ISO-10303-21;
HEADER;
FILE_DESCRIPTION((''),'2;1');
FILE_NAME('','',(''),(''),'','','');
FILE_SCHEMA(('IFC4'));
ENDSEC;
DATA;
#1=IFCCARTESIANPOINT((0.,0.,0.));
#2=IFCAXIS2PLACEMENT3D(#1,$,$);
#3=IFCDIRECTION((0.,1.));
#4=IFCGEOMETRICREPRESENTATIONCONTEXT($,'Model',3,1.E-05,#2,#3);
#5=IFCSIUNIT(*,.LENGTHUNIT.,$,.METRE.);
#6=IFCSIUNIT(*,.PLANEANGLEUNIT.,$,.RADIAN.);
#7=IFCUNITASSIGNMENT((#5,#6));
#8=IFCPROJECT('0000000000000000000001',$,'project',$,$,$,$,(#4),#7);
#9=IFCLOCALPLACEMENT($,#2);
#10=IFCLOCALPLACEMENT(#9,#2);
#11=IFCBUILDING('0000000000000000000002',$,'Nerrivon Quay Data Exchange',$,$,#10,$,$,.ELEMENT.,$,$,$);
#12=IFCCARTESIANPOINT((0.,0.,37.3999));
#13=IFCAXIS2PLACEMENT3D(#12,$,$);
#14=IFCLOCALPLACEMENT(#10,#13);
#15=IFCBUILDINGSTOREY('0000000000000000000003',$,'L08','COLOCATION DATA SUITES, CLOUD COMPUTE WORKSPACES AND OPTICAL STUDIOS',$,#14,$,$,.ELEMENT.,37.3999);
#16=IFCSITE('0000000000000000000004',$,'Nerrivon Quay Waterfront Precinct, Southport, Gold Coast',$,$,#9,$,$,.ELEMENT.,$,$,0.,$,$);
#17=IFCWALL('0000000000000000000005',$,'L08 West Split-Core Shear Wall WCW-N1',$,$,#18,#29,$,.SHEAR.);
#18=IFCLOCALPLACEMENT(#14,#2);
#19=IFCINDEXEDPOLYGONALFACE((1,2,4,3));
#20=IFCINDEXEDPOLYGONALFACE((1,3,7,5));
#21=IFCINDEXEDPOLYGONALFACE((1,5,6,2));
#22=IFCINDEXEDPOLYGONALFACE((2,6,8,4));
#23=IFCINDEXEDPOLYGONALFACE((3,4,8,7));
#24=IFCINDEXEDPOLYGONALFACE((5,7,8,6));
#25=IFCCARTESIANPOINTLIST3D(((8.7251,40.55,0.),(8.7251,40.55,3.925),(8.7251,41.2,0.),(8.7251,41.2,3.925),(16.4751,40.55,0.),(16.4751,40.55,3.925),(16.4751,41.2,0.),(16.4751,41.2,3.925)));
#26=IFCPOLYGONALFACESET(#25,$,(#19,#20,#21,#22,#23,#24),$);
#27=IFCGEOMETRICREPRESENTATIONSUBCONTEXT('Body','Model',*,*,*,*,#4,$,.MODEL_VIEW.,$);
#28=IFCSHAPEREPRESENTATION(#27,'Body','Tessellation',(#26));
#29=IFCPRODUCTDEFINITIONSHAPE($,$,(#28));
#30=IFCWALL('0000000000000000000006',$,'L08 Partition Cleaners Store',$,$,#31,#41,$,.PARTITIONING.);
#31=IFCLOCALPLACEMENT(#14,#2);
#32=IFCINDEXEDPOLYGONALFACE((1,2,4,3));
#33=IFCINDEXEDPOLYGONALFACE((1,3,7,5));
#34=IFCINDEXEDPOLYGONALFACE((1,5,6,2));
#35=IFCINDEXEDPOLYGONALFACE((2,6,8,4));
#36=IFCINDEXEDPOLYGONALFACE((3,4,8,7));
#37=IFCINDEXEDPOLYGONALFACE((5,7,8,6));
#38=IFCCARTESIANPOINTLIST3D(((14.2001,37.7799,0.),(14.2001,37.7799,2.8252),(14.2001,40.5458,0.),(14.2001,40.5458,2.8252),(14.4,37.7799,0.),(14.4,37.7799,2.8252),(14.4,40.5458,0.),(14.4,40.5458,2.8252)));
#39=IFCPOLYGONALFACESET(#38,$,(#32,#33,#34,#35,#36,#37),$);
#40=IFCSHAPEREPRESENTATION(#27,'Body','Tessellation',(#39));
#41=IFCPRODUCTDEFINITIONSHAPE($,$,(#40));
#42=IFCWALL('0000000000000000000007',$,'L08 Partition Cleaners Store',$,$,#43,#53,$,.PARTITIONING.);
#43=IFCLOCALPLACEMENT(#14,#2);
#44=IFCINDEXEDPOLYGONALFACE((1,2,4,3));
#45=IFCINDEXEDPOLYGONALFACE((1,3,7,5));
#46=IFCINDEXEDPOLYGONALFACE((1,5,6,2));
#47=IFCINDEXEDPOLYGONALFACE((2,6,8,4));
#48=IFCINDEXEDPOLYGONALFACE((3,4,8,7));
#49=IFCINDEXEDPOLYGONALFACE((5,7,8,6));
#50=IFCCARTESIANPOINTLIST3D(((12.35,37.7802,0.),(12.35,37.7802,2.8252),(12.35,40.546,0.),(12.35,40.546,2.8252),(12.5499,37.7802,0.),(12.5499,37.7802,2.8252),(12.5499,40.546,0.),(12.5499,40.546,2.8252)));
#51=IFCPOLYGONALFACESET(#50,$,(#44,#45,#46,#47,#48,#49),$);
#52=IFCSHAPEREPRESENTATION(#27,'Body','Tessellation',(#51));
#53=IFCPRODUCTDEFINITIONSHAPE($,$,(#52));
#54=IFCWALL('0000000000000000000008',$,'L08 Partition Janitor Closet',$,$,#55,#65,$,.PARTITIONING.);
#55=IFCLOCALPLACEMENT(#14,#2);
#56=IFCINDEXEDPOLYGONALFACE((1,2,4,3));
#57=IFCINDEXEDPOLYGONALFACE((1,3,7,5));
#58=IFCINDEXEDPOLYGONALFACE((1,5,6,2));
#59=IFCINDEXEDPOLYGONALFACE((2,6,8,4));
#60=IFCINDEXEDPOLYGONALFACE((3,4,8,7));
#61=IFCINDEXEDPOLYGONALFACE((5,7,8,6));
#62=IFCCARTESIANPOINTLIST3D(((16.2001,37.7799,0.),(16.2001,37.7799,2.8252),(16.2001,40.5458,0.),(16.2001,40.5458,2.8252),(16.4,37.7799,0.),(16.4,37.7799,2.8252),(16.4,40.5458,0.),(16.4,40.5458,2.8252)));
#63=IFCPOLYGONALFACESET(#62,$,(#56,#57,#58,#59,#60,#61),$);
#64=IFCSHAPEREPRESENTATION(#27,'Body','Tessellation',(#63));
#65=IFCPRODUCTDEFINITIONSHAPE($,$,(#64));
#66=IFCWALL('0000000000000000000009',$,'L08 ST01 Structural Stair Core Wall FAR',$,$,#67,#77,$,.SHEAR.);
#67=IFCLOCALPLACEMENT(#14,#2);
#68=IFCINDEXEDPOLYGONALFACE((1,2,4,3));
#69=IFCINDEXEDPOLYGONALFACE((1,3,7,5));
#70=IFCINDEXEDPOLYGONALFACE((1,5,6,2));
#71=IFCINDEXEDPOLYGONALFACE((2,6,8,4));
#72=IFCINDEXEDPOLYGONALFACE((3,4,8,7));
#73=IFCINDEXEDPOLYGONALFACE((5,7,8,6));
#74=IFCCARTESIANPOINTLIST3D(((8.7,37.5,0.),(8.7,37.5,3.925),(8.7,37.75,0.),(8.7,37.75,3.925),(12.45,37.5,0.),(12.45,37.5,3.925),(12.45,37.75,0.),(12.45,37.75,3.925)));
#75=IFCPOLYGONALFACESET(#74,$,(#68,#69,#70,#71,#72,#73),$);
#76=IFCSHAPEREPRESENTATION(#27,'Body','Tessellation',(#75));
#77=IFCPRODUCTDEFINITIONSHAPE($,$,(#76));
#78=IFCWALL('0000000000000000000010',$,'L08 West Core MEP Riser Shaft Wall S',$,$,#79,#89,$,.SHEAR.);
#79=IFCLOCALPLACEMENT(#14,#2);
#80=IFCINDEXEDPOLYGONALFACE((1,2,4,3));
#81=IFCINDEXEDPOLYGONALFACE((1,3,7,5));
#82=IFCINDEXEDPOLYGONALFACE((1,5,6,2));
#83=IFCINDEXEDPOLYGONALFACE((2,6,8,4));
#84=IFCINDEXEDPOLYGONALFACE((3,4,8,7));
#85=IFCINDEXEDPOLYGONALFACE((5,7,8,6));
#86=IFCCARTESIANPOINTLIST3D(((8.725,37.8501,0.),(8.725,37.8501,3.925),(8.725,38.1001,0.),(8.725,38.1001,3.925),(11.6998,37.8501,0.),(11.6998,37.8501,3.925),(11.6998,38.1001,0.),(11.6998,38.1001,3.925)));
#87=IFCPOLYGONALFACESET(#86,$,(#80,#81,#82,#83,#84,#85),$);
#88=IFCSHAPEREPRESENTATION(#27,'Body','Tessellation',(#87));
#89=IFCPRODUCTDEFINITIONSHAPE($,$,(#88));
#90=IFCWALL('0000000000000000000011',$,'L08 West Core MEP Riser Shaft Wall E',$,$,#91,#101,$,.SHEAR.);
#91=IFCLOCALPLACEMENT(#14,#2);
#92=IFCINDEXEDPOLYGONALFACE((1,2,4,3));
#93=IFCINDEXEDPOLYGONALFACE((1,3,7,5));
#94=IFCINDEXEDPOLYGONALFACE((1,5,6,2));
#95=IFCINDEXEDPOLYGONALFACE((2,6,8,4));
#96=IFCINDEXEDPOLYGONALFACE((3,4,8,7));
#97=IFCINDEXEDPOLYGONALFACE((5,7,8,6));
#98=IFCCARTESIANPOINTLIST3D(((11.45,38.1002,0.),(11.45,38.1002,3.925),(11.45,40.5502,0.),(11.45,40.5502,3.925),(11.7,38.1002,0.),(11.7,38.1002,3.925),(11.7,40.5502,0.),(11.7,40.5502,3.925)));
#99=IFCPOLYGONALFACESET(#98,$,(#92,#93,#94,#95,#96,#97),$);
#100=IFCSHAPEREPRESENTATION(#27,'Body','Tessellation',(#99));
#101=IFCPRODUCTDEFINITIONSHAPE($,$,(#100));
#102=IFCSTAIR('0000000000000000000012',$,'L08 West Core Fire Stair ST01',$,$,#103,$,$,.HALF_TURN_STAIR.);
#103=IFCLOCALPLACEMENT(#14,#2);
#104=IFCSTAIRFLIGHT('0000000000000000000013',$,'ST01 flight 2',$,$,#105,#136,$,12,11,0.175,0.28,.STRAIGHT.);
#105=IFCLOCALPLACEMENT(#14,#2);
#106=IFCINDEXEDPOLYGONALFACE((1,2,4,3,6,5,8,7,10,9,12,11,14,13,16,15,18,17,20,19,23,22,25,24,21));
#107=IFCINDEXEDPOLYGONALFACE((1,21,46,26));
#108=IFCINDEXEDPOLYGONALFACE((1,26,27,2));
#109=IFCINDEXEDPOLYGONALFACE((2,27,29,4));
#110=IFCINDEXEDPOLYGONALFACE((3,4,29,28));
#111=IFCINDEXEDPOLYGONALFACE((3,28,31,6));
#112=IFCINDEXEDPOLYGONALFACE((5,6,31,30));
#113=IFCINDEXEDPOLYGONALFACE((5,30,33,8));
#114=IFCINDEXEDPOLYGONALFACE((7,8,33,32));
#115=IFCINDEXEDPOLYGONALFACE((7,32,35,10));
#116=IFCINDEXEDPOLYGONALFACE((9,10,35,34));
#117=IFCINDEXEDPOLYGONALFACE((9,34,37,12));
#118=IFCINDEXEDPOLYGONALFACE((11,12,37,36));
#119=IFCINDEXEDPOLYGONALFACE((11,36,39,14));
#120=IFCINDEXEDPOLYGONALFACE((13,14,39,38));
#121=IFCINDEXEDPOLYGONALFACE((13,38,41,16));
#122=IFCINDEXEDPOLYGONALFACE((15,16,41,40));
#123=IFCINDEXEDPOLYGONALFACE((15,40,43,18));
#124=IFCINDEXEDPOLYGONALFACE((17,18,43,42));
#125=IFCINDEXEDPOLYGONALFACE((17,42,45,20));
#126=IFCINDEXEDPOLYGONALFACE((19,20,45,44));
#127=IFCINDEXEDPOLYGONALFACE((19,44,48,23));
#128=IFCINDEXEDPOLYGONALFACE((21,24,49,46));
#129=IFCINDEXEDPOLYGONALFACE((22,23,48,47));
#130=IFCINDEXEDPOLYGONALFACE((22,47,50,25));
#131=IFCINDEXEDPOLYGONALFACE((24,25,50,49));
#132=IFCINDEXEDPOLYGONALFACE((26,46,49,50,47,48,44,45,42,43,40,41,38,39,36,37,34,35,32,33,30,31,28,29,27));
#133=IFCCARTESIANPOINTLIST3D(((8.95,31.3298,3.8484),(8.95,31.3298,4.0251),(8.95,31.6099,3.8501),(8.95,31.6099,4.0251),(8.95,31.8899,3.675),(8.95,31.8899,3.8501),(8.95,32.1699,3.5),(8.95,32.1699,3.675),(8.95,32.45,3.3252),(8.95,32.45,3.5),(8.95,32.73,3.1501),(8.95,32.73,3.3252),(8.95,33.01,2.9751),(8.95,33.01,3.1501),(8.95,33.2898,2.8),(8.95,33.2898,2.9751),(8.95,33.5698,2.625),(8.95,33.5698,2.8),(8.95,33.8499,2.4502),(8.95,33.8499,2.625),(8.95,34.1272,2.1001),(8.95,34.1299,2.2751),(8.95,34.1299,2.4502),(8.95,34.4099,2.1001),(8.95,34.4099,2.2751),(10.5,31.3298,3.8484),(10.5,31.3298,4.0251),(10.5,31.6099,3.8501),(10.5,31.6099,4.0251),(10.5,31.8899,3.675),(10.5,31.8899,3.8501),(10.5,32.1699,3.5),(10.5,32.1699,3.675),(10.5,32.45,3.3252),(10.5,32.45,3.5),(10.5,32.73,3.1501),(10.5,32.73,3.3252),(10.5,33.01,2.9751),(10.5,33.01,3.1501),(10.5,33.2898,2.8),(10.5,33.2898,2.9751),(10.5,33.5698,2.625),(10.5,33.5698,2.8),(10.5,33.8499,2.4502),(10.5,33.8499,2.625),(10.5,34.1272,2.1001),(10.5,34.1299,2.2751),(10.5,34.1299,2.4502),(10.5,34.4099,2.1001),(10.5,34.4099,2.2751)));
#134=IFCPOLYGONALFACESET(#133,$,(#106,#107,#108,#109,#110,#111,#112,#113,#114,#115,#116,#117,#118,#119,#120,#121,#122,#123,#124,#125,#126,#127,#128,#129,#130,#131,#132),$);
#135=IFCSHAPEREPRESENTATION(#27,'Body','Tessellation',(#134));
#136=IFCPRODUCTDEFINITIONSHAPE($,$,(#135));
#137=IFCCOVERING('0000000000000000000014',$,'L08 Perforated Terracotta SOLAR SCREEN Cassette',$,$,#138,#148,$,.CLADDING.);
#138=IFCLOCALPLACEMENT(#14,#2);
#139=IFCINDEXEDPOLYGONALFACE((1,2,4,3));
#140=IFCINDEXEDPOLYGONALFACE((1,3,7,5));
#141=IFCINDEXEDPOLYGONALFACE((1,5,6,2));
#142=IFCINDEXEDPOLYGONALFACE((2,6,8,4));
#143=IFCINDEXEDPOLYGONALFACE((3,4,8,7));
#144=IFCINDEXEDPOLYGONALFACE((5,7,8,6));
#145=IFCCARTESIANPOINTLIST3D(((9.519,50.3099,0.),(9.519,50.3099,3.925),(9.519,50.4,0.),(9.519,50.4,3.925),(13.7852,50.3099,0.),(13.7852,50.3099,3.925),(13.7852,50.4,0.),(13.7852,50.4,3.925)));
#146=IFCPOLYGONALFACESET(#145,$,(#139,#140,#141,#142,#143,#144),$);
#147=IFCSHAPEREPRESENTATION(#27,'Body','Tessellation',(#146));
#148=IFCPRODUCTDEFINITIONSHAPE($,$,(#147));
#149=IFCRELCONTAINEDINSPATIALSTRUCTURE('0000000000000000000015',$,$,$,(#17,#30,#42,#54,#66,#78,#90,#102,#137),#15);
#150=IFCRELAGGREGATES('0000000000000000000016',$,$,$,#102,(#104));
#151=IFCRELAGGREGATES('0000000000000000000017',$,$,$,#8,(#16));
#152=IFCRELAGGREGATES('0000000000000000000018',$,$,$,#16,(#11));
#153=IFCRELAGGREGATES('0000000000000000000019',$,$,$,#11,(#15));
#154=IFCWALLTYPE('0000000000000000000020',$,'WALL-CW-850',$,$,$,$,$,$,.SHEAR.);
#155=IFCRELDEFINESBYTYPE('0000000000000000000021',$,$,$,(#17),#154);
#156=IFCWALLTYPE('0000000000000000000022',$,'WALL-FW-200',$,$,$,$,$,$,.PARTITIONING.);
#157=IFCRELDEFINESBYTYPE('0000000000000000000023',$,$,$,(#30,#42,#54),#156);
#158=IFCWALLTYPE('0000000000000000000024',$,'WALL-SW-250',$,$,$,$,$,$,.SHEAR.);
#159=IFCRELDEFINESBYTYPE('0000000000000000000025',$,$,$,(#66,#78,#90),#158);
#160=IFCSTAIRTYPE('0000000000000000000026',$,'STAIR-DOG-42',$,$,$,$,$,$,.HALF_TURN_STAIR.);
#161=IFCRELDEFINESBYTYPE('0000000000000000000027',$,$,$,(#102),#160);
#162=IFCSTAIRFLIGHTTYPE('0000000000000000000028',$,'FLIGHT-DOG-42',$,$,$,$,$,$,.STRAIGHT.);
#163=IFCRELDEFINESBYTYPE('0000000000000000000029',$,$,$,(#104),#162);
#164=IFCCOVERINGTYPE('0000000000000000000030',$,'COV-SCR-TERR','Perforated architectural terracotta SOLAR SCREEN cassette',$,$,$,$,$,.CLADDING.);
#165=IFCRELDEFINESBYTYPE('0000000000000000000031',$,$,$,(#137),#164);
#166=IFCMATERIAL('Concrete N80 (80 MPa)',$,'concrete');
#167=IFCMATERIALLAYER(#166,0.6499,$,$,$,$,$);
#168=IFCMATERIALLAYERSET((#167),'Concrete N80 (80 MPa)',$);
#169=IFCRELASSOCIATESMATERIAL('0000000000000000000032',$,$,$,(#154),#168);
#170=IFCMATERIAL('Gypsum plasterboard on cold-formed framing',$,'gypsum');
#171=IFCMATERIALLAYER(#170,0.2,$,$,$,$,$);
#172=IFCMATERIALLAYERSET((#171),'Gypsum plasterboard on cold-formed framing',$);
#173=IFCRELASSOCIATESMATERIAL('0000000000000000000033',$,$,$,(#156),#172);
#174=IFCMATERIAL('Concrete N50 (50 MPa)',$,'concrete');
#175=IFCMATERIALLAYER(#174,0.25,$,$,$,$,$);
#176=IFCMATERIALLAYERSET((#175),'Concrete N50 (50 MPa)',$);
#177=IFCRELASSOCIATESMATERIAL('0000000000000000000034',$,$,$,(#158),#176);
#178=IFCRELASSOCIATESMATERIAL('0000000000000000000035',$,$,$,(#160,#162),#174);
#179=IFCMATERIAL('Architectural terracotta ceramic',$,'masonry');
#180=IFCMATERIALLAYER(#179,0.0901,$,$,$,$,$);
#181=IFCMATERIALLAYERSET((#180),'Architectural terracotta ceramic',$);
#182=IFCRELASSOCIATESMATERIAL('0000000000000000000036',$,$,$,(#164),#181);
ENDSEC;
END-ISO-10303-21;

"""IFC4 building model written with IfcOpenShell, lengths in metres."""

from ifc_helpers import new_model, si_unit, direction, frame, frame_2d, origin, origin_2d, place, context, subcontext, project, spatial, polyline, rectangle, outline, extrude, material, layer, layer_set, type_object, element, aggregate, save


model = new_model("IFC4")

# Units and contexts
model_context = context("Model", 3, precision=1e-05, world=origin(), true_north=direction((0.0, 1.0)))
body_context = subcontext(model_context, "Body", "Model", "MODEL_VIEW")
ifc_project = project(units=[si_unit("LENGTHUNIT", "METRE"), si_unit("PLANEANGLEUNIT", "RADIAN")], contexts=[model_context])

# Site, building, storey
site_placement = place(None, origin())
site = spatial("IfcSite", under=ifc_project, at=site_placement, Name="Nerrivon Quay Waterfront Precinct, Southport, Gold Coast", CompositionType="ELEMENT", RefElevation=0.0)
building_placement = place(site_placement, origin())
building = spatial("IfcBuilding", under=site, at=building_placement, Name="Nerrivon Quay Data Exchange", CompositionType="ELEMENT")
storey_placement = place(building_placement, frame((0.0, 0.0, 37.3999)))
storey = spatial("IfcBuildingStorey", under=building, at=storey_placement, Name="L08", Description="COLOCATION DATA SUITES, CLOUD COMPUTE WORKSPACES AND OPTICAL STUDIOS", CompositionType="ELEMENT", Elevation=37.3999)

# Shared definitions
ifc_material_1 = material(Name="Concrete N80 (80 MPa)", Category="concrete")

# Walls
ifc_layer_1 = layer(ifc_material_1, 0.6499)
ifc_layer_set_1 = layer_set([ifc_layer_1], Name="Concrete N80 (80 MPa)")
wall_type_1 = type_object("IfcWallType", Name="WALL-CW-850", PredefinedType="SHEAR", material=ifc_layer_set_1)
wall_1_placement = place(storey_placement, frame((8.7251, 40.875, 0.0), z_axis=(0.0, 0.0, 1.0), x_axis=(1.0, 0.0, 0.0)))
element("IfcWall", 1, at=wall_1_placement, inside=storey, type_object=wall_type_1, Name="L08 West Split-Core Shear Wall WCW-N1", PredefinedType="SHEAR", context=body_context, shape_type="SweptSolid", body=[
    extrude(rectangle(XDim=7.75, YDim=0.6499, at=frame_2d((3.875, 0.0))), origin(), (0.0, 0.0, 1.0), 3.925),
])
ifc_material_2 = material(Name="Gypsum plasterboard on cold-formed framing", Category="gypsum")
ifc_layer_2 = layer(ifc_material_2, 0.2)
ifc_layer_set_2 = layer_set([ifc_layer_2], Name="Gypsum plasterboard on cold-formed framing")
wall_type_2 = type_object("IfcWallType", Name="WALL-FW-200", PredefinedType="PARTITIONING", material=ifc_layer_set_2)
for number, where, z_axis, x_axis, name in (
    (2, (14.3, 37.78, 0.0), (0.0, 0.0, 1.0), (0.0, 1.0, 0.0), "L08 Partition Cleaners Store"),
    (3, (12.45, 40.5459, 0.0), (0.0, 0.0, 1.0), (0.0, -1.0, 0.0), "L08 Partition Cleaners Store"),
    (4, (16.3, 37.78, 0.0), (0.0, 0.0, 1.0), (0.0, 1.0, 0.0), "L08 Partition Janitor Closet"),
):
    element("IfcWall", number, at=place(storey_placement, frame(where, z_axis=z_axis, x_axis=x_axis)), inside=storey, type_object=wall_type_2, Name=name, PredefinedType="PARTITIONING", context=body_context, shape_type="SweptSolid", body=[
        extrude(rectangle(XDim=2.7659, YDim=0.2, at=frame_2d((1.3828, 0.0))), origin(), (0.0, 0.0, 1.0), 2.8252),
    ])
ifc_material_3 = material(Name="Concrete N50 (50 MPa)", Category="concrete")
ifc_layer_3 = layer(ifc_material_3, 0.25)
ifc_layer_set_3 = layer_set([ifc_layer_3], Name="Concrete N50 (50 MPa)")
wall_type_3 = type_object("IfcWallType", Name="WALL-SW-250", PredefinedType="SHEAR", material=ifc_layer_set_3)
wall_2_placement = place(storey_placement, frame((12.45, 37.625, 0.0), z_axis=(0.0, 0.0, 1.0), x_axis=(-1.0, 0.0, 0.0)))
element("IfcWall", 5, at=wall_2_placement, inside=storey, type_object=wall_type_3, Name="L08 ST01 Structural Stair Core Wall FAR", PredefinedType="SHEAR", context=body_context, shape_type="SweptSolid", body=[
    extrude(rectangle(XDim=3.75, YDim=0.25, at=frame_2d((1.875, 0.0))), origin(), (0.0, 0.0, 1.0), 3.925),
])
wall_3_placement = place(storey_placement, frame((8.7251, 37.9751, 0.0), z_axis=(0.0, 0.0, 1.0), x_axis=(1.0, 0.0, 0.0)))
element("IfcWall", 6, at=wall_3_placement, inside=storey, type_object=wall_type_3, Name="L08 West Core MEP Riser Shaft Wall S", PredefinedType="SHEAR", context=body_context, shape_type="SweptSolid", body=[
    extrude(rectangle(XDim=2.9749, YDim=0.25, at=frame_2d((1.4873, 0.0))), origin(), (0.0, 0.0, 1.0), 3.925),
])
wall_4_placement = place(storey_placement, frame((11.575, 38.1001, 0.0), z_axis=(0.0, 0.0, 1.0), x_axis=(0.0, 1.0, 0.0)))
element("IfcWall", 7, at=wall_4_placement, inside=storey, type_object=wall_type_3, Name="L08 West Core MEP Riser Shaft Wall E", PredefinedType="SHEAR", context=body_context, shape_type="SweptSolid", body=[
    extrude(rectangle(XDim=2.45, YDim=0.25, at=frame_2d((1.2251, 0.0))), origin(), (0.0, 0.0, 1.0), 3.925),
])

# Stair, stair flight
stair_type = type_object("IfcStairType", Name="STAIR-DOG-42", PredefinedType="HALF_TURN_STAIR", material=ifc_material_3)
stair_placement = place(storey_placement, origin())
stair = element("IfcStair", 8, at=stair_placement, inside=storey, type_object=stair_type, Name="L08 West Core Fire Stair ST01", PredefinedType="HALF_TURN_STAIR")
stair_flight_type = type_object("IfcStairFlightType", Name="FLIGHT-DOG-42", PredefinedType="STRAIGHT", material=ifc_material_3)
stair_flight_placement = place(storey_placement, frame((9.7251, 34.4099, 2.1001), z_axis=(0.0, 0.0, 1.0), x_axis=(0.0, -1.0, 0.0)))
stair_flight = element("IfcStairFlight", 9, at=stair_flight_placement, type_object=stair_flight_type, Name="ST01 flight 2", NumberOfRisers=12, NumberOfTreads=11, PredefinedType="STRAIGHT", RiserHeight=0.175, TreadLength=0.28, context=body_context, shape_type="SweptSolid", body=[
    extrude(outline(polyline([(0.0, 0.0), (0.0, 0.175), (0.28, 0.175), (0.28, 0.3501), (0.5601, 0.3501), (0.5601, 0.5249), (0.8401, 0.5249), (0.8401, 0.7), (1.1201, 0.7), (1.1201, 0.875), (1.3999, 0.875), (1.3999, 1.05), (1.6799, 1.05), (1.6799, 1.2251), (1.96, 1.2251), (1.96, 1.3999), (2.24, 1.3999), (2.24, 1.575), (2.52, 1.575), (2.52, 1.75), (2.8, 1.75), (2.8, 1.925), (3.0801, 1.925), (3.0801, 2.1001), (3.0801, 1.7483), (0.2827, 0.0), (0.0, 0.0)])), frame((0.0, 0.7749, 0.0), z_axis=(0.0, -1.0, 0.0), x_axis=(1.0, 0.0, 0.0)), (0.0, 0.0, 1.0), 1.55),
])
aggregate(stair, [stair_flight])

# Covering
ifc_material_4 = material(Name="Architectural terracotta ceramic", Category="masonry")
ifc_layer_4 = layer(ifc_material_4, 0.0901)
ifc_layer_set_4 = layer_set([ifc_layer_4], Name="Architectural terracotta ceramic")
covering_type = type_object("IfcCoveringType", Name="COV-SCR-TERR", Description="Perforated architectural terracotta SOLAR SCREEN cassette", PredefinedType="CLADDING", material=ifc_layer_set_4)
covering_placement = place(storey_placement, frame((11.6521, 50.355, 0.0), z_axis=(0.0, 0.0, 1.0), x_axis=(1.0, 0.0, 0.0)))
element("IfcCovering", 10, at=covering_placement, inside=storey, type_object=covering_type, Name="L08 Perforated Terracotta SOLAR SCREEN Cassette", PredefinedType="CLADDING", context=body_context, shape_type="SweptSolid", body=[
    extrude(rectangle(XDim=4.2661, YDim=0.0901, at=origin_2d()), origin(), (0.0, 0.0, 1.0), 3.925),
])

save(model, "model.ifc")
